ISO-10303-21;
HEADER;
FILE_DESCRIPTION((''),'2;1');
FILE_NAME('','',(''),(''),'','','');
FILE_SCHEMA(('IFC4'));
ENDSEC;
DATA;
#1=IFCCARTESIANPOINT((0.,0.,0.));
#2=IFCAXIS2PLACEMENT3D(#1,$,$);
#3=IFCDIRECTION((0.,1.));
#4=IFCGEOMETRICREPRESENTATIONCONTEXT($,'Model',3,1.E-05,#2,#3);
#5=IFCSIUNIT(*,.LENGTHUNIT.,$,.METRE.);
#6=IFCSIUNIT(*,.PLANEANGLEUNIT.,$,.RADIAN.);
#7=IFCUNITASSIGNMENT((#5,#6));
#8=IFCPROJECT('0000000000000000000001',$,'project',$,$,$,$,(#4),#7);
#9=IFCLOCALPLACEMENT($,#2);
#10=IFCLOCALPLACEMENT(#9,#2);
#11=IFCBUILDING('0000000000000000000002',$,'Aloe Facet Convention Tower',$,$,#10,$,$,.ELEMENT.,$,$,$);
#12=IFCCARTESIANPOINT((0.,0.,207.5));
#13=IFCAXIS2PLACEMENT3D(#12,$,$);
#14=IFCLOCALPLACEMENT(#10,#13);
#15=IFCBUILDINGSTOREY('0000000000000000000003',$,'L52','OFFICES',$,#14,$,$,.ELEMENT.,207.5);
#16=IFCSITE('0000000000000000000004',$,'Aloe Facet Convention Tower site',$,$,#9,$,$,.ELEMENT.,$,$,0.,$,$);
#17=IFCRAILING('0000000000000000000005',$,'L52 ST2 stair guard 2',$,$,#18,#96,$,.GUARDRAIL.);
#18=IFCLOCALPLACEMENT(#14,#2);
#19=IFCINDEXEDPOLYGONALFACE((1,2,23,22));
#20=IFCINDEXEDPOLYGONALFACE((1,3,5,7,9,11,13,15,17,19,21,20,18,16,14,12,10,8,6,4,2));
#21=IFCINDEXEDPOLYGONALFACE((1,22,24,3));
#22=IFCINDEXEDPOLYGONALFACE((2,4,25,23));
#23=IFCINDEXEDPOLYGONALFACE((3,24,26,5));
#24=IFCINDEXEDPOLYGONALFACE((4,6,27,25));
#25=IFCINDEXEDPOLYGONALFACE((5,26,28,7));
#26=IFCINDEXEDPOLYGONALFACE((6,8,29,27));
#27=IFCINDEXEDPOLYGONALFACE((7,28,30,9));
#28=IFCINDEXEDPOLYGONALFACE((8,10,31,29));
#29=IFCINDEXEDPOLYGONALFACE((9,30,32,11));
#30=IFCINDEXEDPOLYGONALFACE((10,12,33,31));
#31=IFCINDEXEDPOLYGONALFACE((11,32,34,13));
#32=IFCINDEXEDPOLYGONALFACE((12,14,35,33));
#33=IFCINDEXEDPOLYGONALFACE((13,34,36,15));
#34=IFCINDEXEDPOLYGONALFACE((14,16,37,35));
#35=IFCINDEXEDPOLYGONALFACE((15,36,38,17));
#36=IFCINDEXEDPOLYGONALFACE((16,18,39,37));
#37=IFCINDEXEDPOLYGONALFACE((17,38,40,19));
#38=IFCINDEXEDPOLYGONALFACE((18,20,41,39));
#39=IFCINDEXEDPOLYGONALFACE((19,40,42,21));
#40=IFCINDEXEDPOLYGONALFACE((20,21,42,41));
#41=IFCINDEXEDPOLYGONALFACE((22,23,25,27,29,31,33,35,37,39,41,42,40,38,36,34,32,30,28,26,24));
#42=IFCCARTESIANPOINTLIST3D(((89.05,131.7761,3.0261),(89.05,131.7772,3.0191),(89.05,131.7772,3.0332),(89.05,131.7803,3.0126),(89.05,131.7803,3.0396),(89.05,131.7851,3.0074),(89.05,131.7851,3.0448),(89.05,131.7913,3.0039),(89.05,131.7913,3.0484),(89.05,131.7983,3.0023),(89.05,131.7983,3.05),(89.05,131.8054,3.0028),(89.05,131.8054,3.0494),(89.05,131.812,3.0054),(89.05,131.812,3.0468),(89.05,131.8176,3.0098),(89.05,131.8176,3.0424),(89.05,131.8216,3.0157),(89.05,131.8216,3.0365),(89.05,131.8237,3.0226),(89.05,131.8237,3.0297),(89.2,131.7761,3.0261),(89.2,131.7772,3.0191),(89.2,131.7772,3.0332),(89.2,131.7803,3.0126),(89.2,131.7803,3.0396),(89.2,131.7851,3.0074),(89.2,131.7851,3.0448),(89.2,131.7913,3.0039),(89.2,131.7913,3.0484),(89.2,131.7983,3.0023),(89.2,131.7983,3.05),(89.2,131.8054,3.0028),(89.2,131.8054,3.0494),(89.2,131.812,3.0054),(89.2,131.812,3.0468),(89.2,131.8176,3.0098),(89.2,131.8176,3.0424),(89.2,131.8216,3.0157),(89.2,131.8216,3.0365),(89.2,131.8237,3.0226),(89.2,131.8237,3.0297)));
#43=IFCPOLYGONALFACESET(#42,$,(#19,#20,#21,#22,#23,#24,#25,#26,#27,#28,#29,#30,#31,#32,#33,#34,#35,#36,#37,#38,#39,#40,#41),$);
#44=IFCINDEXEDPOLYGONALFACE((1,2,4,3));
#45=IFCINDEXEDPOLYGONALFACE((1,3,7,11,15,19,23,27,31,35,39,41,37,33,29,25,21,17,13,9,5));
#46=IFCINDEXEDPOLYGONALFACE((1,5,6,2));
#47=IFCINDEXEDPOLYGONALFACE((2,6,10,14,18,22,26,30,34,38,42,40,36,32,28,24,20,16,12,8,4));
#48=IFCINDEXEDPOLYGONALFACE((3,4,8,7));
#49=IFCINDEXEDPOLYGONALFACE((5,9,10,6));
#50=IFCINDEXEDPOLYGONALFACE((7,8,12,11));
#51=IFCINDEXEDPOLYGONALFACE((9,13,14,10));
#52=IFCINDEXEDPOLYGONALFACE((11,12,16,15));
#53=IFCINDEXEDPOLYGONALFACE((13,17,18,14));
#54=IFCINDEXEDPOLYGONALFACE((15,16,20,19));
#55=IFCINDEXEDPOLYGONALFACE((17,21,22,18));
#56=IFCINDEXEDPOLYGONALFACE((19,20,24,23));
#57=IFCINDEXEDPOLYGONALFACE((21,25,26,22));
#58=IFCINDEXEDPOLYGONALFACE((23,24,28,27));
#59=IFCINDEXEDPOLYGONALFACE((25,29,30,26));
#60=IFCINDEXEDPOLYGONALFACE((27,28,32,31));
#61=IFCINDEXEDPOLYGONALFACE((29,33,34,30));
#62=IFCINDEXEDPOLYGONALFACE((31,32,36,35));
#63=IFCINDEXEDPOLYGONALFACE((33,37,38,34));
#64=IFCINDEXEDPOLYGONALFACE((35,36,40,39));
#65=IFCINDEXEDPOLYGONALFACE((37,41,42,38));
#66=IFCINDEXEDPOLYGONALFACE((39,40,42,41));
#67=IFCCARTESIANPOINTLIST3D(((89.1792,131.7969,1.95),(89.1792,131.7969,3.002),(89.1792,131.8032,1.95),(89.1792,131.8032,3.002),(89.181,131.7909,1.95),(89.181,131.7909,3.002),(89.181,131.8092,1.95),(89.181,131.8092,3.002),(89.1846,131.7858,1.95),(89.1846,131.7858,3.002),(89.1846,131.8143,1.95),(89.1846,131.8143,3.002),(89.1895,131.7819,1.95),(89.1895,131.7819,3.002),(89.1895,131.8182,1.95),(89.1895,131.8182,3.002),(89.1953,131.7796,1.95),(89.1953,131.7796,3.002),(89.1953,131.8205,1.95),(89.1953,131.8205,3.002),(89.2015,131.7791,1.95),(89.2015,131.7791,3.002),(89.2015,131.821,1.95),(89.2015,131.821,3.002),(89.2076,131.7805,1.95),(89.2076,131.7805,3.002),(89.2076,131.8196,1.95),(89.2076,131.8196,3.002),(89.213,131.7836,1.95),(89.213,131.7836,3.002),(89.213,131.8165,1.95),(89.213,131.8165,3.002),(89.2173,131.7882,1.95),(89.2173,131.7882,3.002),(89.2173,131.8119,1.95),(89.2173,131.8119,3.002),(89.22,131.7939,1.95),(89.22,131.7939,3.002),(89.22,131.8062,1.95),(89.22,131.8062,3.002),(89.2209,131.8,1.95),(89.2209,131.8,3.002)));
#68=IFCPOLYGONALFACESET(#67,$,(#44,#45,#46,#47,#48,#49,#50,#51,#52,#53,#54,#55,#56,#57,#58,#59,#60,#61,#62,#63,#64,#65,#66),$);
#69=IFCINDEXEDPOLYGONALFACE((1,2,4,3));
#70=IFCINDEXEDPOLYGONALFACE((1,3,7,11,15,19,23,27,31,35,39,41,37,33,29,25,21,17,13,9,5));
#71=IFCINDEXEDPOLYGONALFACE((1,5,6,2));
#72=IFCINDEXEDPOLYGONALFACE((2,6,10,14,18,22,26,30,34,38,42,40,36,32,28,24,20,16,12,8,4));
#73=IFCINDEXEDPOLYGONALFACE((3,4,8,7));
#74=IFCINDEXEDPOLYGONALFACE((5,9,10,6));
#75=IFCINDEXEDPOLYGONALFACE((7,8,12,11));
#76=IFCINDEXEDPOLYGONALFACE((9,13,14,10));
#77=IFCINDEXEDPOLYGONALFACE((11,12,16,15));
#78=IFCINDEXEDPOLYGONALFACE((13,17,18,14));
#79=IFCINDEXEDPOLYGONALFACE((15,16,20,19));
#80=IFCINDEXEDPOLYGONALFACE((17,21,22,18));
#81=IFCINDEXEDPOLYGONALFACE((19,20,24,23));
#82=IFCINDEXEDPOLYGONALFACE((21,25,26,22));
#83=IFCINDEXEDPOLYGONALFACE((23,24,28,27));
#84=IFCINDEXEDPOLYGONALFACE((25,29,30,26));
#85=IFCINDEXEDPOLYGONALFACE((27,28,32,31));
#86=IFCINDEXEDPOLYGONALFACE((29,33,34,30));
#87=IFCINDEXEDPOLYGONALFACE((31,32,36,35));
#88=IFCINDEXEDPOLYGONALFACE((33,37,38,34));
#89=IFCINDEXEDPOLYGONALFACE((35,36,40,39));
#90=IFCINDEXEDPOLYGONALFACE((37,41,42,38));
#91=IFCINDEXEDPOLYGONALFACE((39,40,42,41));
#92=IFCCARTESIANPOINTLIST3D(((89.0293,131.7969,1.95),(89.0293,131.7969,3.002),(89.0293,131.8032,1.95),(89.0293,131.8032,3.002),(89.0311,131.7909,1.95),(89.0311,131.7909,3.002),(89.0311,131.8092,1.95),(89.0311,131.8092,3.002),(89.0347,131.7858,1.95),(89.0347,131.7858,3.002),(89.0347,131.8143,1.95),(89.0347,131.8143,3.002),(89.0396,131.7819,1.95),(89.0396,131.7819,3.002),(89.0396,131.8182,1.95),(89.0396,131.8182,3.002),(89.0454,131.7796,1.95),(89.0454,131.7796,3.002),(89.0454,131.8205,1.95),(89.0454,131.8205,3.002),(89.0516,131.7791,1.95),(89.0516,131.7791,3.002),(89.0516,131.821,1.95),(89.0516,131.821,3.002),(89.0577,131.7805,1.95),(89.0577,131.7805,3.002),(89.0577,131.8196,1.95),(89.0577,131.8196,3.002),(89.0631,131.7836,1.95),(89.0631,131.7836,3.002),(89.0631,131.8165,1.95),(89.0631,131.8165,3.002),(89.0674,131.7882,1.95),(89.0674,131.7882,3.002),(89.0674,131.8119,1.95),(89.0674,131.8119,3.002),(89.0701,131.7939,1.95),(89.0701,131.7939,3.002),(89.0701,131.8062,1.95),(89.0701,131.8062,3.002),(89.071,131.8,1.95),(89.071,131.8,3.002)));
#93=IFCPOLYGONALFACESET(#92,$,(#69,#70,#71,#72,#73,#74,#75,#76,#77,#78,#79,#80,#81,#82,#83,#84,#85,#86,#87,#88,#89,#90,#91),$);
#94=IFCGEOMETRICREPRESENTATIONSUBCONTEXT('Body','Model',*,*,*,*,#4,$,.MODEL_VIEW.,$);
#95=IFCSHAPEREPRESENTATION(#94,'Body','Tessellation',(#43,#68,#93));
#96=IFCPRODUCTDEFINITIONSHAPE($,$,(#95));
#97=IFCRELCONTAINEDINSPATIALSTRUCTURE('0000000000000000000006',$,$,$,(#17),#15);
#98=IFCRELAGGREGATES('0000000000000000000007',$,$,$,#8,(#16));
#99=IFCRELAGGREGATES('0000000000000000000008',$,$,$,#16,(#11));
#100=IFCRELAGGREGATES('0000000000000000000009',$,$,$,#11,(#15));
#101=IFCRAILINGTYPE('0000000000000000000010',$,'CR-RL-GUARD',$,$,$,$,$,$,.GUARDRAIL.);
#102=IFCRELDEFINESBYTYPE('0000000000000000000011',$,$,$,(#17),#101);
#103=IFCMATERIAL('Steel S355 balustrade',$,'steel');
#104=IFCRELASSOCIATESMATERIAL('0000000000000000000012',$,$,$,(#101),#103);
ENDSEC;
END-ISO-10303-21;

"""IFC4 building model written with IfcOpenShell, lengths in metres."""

from ifc_helpers import new_model, si_unit, direction, frame, origin, origin_2d, place, context, subcontext, project, spatial, circle, extrude, material, type_object, element, save


model = new_model("IFC4")

# Units and contexts
model_context = context("Model", 3, precision=1e-05, world=origin(), true_north=direction((0.0, 1.0)))
body_context = subcontext(model_context, "Body", "Model", "MODEL_VIEW")
ifc_project = project(units=[si_unit("LENGTHUNIT", "METRE"), si_unit("PLANEANGLEUNIT", "RADIAN")], contexts=[model_context])

# Site, building, storey
site_placement = place(None, origin())
site = spatial("IfcSite", under=ifc_project, at=site_placement, Name="Aloe Facet Convention Tower site", CompositionType="ELEMENT", RefElevation=0.0)
building_placement = place(site_placement, origin())
building = spatial("IfcBuilding", under=site, at=building_placement, Name="Aloe Facet Convention Tower", CompositionType="ELEMENT")
storey_placement = place(building_placement, frame((0.0, 0.0, 207.5)))
storey = spatial("IfcBuildingStorey", under=building, at=storey_placement, Name="L52", Description="OFFICES", CompositionType="ELEMENT", Elevation=207.5)

# Railing
ifc_material_1 = material(Name="Steel S355 balustrade", Category="steel")
railing_type_1 = type_object("IfcRailingType", Name="CR-RL-GUARD", PredefinedType="GUARDRAIL", material=ifc_material_1)
railing_1_placement = place(storey_placement, frame((89.2, 131.8, 1.95)))
element("IfcRailing", 1, at=railing_1_placement, inside=storey, type_object=railing_type_1, Name="L52 ST2 stair guard 2", PredefinedType="GUARDRAIL", context=body_context, shape_type="SweptSolid", body=[
    extrude(circle(Radius=0.0239, at=origin_2d()), frame((0.0, 0.0, 1.0762), z_axis=(-1.0, 0.0, 0.0), x_axis=(0.0, -1.0, 0.0)), (0.0, 0.0, 1.0), 0.1499),
    extrude(circle(Radius=0.021, at=origin_2d()), origin(), (0.0, 0.0, 1.0), 1.052),
    extrude(circle(Radius=0.021, at=origin_2d()), frame((-0.1499, 0.0, 0.0)), (0.0, 0.0, 1.0), 1.052),
])

save(model, "model.ifc")
